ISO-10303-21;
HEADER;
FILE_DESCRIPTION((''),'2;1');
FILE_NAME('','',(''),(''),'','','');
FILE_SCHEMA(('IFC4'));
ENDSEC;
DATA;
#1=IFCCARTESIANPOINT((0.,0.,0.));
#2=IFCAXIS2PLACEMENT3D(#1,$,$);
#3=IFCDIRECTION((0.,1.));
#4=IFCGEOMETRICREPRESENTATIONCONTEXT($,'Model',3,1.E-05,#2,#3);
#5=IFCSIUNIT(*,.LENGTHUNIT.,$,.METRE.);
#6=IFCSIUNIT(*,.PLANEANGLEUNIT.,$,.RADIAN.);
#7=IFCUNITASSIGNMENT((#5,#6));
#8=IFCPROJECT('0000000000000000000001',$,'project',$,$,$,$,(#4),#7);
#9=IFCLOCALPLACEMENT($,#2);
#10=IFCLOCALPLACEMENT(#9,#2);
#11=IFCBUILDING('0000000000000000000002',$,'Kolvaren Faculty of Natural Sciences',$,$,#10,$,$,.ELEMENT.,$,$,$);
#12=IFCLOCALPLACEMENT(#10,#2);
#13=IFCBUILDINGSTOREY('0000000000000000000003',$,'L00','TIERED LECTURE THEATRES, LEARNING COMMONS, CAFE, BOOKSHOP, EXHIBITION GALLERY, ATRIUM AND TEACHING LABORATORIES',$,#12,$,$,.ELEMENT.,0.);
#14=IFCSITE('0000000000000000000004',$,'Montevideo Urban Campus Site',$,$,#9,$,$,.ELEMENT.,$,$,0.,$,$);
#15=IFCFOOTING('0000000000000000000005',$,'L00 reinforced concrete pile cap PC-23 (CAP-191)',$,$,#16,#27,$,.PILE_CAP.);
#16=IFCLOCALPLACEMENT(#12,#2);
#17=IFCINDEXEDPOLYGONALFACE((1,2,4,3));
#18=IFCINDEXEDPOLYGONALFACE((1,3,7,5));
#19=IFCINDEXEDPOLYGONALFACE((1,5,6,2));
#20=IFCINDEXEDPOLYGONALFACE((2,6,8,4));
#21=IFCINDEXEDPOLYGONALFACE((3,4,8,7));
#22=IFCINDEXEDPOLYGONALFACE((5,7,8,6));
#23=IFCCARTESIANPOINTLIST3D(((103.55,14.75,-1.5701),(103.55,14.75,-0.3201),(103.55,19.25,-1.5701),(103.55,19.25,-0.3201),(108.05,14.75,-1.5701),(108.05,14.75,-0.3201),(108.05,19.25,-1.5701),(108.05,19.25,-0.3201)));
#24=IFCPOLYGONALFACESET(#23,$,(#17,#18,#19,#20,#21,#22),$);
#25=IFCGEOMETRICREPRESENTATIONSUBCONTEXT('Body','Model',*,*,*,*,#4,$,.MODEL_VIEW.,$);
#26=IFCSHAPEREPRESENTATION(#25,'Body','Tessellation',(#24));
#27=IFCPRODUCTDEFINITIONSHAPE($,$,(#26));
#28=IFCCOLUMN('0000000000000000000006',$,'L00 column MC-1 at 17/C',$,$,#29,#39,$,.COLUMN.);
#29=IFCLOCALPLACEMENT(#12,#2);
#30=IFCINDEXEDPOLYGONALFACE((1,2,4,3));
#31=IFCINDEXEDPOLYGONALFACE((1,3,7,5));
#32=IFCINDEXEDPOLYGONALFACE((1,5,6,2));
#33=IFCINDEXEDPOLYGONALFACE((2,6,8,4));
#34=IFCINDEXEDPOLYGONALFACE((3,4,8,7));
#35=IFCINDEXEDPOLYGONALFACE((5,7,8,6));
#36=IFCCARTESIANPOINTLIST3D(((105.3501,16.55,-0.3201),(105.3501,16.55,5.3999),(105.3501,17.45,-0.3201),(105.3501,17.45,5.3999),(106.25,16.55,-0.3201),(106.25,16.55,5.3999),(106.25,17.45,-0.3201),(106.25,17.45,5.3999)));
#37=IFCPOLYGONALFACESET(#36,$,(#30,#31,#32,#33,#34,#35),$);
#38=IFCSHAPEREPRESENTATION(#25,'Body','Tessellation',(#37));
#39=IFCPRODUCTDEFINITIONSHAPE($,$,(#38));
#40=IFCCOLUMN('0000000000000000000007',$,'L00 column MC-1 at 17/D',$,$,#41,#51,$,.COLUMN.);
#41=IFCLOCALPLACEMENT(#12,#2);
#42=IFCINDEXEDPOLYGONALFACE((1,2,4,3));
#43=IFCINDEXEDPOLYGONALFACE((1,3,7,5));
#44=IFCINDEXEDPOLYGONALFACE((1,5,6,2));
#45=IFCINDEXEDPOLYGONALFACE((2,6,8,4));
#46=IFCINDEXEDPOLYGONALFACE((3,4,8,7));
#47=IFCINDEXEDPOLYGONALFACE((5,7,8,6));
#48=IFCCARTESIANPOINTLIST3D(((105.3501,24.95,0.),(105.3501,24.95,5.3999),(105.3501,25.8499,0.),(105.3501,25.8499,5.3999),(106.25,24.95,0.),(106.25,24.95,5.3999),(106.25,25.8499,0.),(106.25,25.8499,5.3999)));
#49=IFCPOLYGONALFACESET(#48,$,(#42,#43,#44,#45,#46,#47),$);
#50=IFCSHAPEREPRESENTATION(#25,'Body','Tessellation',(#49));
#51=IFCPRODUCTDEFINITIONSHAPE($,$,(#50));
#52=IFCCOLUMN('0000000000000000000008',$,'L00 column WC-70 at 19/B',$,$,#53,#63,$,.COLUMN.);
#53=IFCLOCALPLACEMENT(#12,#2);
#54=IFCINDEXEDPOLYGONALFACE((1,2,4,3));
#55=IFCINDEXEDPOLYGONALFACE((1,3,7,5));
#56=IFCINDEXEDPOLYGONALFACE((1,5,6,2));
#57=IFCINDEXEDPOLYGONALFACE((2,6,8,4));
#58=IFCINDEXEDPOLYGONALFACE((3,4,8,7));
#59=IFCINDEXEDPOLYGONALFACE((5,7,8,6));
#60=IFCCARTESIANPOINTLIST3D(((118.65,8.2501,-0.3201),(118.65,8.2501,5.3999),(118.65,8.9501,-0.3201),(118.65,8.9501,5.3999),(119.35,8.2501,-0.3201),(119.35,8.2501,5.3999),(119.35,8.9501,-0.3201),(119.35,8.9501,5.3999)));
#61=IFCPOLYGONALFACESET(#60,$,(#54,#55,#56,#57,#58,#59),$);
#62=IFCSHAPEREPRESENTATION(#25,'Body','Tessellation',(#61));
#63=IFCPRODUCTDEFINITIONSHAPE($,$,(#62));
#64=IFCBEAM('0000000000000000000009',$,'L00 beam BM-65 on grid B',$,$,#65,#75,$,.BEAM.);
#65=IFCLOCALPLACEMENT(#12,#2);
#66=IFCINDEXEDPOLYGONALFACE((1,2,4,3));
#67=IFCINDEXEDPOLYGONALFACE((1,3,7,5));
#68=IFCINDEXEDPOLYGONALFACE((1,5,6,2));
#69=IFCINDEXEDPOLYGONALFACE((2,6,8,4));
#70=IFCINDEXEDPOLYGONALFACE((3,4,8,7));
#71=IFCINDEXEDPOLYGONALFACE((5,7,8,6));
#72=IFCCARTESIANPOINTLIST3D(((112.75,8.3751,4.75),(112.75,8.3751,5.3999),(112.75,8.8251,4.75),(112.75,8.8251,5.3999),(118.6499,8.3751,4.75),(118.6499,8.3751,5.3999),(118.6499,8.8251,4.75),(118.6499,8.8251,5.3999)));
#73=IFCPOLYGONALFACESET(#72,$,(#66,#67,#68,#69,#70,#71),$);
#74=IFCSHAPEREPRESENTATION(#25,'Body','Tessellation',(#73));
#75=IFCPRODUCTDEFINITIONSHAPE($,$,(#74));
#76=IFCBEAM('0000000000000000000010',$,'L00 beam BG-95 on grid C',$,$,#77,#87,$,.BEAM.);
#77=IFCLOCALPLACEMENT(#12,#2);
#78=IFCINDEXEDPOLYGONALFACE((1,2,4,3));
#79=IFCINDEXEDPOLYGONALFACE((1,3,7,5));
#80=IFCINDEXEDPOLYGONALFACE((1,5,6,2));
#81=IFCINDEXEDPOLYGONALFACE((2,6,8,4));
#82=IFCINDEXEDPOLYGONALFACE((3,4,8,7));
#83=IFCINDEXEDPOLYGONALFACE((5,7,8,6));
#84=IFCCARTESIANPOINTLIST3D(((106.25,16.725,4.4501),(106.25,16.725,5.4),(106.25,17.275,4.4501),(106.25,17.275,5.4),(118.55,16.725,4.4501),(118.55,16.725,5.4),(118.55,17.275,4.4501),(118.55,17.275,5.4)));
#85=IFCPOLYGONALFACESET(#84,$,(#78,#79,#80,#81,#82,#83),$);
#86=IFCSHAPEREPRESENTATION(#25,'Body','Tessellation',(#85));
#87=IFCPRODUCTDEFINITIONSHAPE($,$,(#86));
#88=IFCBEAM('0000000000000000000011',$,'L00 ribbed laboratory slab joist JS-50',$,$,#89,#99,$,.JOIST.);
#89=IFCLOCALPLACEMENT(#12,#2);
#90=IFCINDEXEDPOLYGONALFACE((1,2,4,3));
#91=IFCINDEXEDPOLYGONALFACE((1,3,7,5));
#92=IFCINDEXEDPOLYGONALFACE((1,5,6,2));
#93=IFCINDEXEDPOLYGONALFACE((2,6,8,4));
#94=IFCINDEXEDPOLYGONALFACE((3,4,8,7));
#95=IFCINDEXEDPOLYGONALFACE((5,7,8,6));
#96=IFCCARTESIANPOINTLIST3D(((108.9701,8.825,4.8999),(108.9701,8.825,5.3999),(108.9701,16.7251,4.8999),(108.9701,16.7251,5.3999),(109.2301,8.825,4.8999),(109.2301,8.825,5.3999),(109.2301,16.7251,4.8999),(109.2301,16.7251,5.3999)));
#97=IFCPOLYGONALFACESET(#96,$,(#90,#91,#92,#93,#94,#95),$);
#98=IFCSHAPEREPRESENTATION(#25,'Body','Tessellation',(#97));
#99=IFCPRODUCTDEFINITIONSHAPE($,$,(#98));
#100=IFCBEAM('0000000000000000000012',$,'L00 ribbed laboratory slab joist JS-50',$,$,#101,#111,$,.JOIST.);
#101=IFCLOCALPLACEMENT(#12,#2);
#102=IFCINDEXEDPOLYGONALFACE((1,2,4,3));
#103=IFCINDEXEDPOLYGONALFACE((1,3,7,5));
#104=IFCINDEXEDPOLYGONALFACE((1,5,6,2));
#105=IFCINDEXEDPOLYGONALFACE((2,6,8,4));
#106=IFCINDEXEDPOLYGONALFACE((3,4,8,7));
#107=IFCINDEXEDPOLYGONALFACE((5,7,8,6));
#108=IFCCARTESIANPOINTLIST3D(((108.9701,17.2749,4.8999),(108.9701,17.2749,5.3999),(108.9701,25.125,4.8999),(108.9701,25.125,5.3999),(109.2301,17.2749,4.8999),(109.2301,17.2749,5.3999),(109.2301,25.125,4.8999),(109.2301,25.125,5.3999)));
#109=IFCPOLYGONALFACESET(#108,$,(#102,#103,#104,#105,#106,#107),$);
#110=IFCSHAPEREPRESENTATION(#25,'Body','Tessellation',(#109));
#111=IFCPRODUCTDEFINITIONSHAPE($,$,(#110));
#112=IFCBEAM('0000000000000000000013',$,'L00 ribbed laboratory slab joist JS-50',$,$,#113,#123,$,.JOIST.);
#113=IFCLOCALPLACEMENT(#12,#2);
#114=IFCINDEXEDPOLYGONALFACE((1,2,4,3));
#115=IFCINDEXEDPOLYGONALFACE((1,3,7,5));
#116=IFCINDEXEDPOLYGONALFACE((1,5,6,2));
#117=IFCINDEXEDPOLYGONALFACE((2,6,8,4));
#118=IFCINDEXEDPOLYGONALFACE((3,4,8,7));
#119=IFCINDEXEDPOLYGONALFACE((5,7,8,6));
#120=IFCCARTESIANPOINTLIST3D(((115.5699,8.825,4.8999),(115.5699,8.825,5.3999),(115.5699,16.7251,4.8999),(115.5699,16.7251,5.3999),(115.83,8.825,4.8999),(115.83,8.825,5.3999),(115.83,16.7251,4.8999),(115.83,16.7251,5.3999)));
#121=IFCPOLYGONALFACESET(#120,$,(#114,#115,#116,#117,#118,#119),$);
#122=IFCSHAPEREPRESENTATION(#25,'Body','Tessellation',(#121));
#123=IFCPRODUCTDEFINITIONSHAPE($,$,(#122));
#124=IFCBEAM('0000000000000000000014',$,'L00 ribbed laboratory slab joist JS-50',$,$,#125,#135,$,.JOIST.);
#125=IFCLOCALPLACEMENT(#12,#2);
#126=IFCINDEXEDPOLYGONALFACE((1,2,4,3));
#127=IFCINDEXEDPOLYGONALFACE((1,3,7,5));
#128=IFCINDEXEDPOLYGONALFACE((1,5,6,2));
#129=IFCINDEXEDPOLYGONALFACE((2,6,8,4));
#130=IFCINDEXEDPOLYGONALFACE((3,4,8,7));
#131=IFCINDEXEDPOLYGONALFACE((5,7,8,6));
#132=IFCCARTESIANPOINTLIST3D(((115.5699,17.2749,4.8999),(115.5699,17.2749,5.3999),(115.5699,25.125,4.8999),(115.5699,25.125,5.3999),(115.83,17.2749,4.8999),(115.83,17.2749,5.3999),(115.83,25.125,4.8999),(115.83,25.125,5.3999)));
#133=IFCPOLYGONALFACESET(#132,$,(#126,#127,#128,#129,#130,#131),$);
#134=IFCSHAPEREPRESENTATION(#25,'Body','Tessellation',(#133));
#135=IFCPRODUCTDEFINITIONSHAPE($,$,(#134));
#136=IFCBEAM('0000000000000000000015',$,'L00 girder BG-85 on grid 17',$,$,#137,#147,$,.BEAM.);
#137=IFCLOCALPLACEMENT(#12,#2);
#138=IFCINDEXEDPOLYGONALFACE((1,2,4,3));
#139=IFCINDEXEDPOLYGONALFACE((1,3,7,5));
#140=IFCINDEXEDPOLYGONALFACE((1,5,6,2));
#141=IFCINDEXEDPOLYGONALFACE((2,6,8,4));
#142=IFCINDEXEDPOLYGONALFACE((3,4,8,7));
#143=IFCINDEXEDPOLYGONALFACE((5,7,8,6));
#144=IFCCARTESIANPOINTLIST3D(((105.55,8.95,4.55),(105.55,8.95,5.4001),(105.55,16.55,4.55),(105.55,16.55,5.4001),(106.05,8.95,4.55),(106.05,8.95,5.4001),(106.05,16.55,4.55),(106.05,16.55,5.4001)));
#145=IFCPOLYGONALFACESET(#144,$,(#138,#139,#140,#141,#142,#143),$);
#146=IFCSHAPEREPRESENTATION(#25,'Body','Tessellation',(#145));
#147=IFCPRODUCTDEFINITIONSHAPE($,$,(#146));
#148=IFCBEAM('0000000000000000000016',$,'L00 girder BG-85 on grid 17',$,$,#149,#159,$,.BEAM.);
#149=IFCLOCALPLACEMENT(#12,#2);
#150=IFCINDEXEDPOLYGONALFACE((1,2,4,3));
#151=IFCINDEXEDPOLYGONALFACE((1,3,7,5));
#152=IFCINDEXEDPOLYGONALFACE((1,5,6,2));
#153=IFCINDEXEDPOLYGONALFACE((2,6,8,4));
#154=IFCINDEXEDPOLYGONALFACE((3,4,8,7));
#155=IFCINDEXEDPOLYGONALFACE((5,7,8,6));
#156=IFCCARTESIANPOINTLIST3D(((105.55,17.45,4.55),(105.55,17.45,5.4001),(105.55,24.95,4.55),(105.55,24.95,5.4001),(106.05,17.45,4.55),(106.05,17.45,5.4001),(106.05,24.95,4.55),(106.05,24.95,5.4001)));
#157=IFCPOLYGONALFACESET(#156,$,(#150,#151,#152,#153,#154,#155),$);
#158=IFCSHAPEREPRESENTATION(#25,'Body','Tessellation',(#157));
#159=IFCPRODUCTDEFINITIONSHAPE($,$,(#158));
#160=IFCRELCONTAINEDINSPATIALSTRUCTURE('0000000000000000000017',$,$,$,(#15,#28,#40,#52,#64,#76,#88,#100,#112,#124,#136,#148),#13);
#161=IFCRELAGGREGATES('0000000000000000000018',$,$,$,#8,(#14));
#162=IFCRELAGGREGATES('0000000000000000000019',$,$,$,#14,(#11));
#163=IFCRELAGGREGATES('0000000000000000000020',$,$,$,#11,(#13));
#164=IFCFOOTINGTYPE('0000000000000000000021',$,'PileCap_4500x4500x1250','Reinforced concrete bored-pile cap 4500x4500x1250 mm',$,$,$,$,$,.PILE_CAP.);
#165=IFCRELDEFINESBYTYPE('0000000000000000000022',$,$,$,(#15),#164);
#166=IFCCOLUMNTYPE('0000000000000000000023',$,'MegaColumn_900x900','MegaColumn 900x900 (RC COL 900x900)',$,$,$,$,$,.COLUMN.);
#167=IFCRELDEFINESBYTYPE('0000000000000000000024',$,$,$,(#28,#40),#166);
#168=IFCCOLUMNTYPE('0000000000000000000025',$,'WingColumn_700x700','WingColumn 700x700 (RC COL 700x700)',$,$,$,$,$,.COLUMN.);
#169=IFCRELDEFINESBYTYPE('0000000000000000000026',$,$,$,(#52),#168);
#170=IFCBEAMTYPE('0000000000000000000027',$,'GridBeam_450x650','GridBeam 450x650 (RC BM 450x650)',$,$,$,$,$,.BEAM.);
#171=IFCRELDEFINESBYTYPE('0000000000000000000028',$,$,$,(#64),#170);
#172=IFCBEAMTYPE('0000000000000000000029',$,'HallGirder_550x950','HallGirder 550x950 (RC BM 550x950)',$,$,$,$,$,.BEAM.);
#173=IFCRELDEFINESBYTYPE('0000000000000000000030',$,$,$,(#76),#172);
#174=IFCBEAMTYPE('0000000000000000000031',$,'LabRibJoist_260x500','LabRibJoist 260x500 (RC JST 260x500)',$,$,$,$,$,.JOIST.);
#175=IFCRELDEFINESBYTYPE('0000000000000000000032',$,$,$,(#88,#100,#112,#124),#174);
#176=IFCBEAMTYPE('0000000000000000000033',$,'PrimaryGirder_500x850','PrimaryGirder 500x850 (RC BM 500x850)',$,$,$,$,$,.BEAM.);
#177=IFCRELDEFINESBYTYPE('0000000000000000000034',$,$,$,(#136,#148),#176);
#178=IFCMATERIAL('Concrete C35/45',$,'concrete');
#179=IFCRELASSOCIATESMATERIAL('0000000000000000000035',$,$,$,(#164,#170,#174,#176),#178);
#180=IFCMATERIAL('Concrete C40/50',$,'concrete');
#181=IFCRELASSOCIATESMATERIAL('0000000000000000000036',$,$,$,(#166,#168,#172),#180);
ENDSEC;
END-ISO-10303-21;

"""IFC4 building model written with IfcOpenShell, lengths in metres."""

from ifc_helpers import new_model, si_unit, direction, frame, origin, origin_2d, place, context, subcontext, project, spatial, rectangle, extrude, material, material_profile, profile_set, type_object, element, save


model = new_model("IFC4")

# Units and contexts
model_context = context("Model", 3, precision=1e-05, world=origin(), true_north=direction((0.0, 1.0)))
body_context = subcontext(model_context, "Body", "Model", "MODEL_VIEW")
ifc_project = project(units=[si_unit("LENGTHUNIT", "METRE"), si_unit("PLANEANGLEUNIT", "RADIAN")], contexts=[model_context])

# Site, building, storey
site_placement = place(None, origin())
site = spatial("IfcSite", under=ifc_project, at=site_placement, Name="Montevideo Urban Campus Site", CompositionType="ELEMENT", RefElevation=0.0)
building_placement = place(site_placement, origin())
building = spatial("IfcBuilding", under=site, at=building_placement, Name="Kolvaren Faculty of Natural Sciences", CompositionType="ELEMENT")
storey_placement = place(building_placement, origin())
storey = spatial("IfcBuildingStorey", under=building, at=storey_placement, Name="L00", Description="TIERED LECTURE THEATRES, LEARNING COMMONS, CAFE, BOOKSHOP, EXHIBITION GALLERY, ATRIUM AND TEACHING LABORATORIES", CompositionType="ELEMENT", Elevation=0.0)

# Shared definitions
ifc_material_1 = material(Name="Concrete C35/45", Category="concrete")

# Footing
footing_type_1 = type_object("IfcFootingType", Name="PileCap_4500x4500x1250", Description="Reinforced concrete bored-pile cap 4500x4500x1250 mm", PredefinedType="PILE_CAP", material=ifc_material_1)
footing_1_placement = place(storey_placement, frame((105.8, 17.0, -1.5701), z_axis=(0.0, 0.0, 1.0), x_axis=(1.0, 0.0, 0.0)))
element("IfcFooting", 1, at=footing_1_placement, inside=storey, type_object=footing_type_1, Name="L00 reinforced concrete pile cap PC-23 (CAP-191)", PredefinedType="PILE_CAP", context=body_context, shape_type="SweptSolid", body=[
    extrude(rectangle(XDim=4.5, YDim=4.5, at=origin_2d()), origin(), (0.0, 0.0, 1.0), 1.25),
])

# Columns
ifc_material_2 = material(Name="Concrete C40/50", Category="concrete")
ifc_material_profile_1 = material_profile(ifc_material_2, rectangle(XDim=0.8999, YDim=0.8999, at=origin_2d()), Name="RC COL 900x900")
ifc_profile_set_1 = profile_set([ifc_material_profile_1], Name="Concrete C40/50")
column_type_1 = type_object("IfcColumnType", Name="MegaColumn_900x900", Description="MegaColumn 900x900 (RC COL 900x900)", PredefinedType="COLUMN", material=ifc_profile_set_1)
column_1_placement = place(storey_placement, frame((105.8, 17.0, -0.3201), z_axis=(0.0, 0.0, 1.0), x_axis=(1.0, 0.0, 0.0)))
element("IfcColumn", 2, at=column_1_placement, inside=storey, type_object=column_type_1, Name="L00 column MC-1 at 17/C", PredefinedType="COLUMN", context=body_context, shape_type="SweptSolid", body=[
    extrude(rectangle(XDim=0.8999, YDim=0.8999, at=origin_2d()), origin(), (0.0, 0.0, 1.0), 5.72),
])
column_2_placement = place(storey_placement, frame((105.8, 25.3999, 0.0), z_axis=(0.0, 0.0, 1.0), x_axis=(1.0, 0.0, 0.0)))
element("IfcColumn", 3, at=column_2_placement, inside=storey, type_object=column_type_1, Name="L00 column MC-1 at 17/D", PredefinedType="COLUMN", context=body_context, shape_type="SweptSolid", body=[
    extrude(rectangle(XDim=0.8999, YDim=0.8999, at=origin_2d()), origin(), (0.0, 0.0, 1.0), 5.3999),
])
ifc_material_profile_2 = material_profile(ifc_material_2, rectangle(XDim=0.7, YDim=0.7, at=origin_2d()), Name="RC COL 700x700")
ifc_profile_set_2 = profile_set([ifc_material_profile_2], Name="Concrete C40/50")
column_type_2 = type_object("IfcColumnType", Name="WingColumn_700x700", Description="WingColumn 700x700 (RC COL 700x700)", PredefinedType="COLUMN", material=ifc_profile_set_2)
column_3_placement = place(storey_placement, frame((119.0, 8.6001, -0.3201), z_axis=(0.0, 0.0, 1.0), x_axis=(1.0, 0.0, 0.0)))
element("IfcColumn", 4, at=column_3_placement, inside=storey, type_object=column_type_2, Name="L00 column WC-70 at 19/B", PredefinedType="COLUMN", context=body_context, shape_type="SweptSolid", body=[
    extrude(rectangle(XDim=0.7, YDim=0.7, at=origin_2d()), origin(), (0.0, 0.0, 1.0), 5.72),
])

# Beams
ifc_material_profile_3 = material_profile(ifc_material_1, rectangle(XDim=0.45, YDim=0.6499, at=origin_2d()), Name="RC BM 450x650")
ifc_profile_set_3 = profile_set([ifc_material_profile_3], Name="Concrete C35/45")
beam_type_1 = type_object("IfcBeamType", Name="GridBeam_450x650", Description="GridBeam 450x650 (RC BM 450x650)", PredefinedType="BEAM", material=ifc_profile_set_3)
beam_1_placement = place(storey_placement, frame((112.75, 8.6001, 5.075), z_axis=(1.0, 0.0, 0.0), x_axis=(0.0, 1.0, 0.0)))
element("IfcBeam", 5, at=beam_1_placement, inside=storey, type_object=beam_type_1, Name="L00 beam BM-65 on grid B", PredefinedType="BEAM", context=body_context, shape_type="SweptSolid", body=[
    extrude(rectangle(XDim=0.45, YDim=0.6499, at=origin_2d()), origin(), (0.0, 0.0, 1.0), 5.8999),
])
ifc_material_profile_4 = material_profile(ifc_material_2, rectangle(XDim=0.55, YDim=0.95, at=origin_2d()), Name="RC BM 550x950")
ifc_profile_set_4 = profile_set([ifc_material_profile_4], Name="Concrete C40/50")
beam_type_2 = type_object("IfcBeamType", Name="HallGirder_550x950", Description="HallGirder 550x950 (RC BM 550x950)", PredefinedType="BEAM", material=ifc_profile_set_4)
beam_2_placement = place(storey_placement, frame((106.25, 17.0, 4.925), z_axis=(1.0, 0.0, 0.0), x_axis=(0.0, 1.0, 0.0)))
element("IfcBeam", 6, at=beam_2_placement, inside=storey, type_object=beam_type_2, Name="L00 beam BG-95 on grid C", PredefinedType="BEAM", context=body_context, shape_type="SweptSolid", body=[
    extrude(rectangle(XDim=0.55, YDim=0.95, at=origin_2d()), origin(), (0.0, 0.0, 1.0), 12.3),
])
ifc_material_profile_5 = material_profile(ifc_material_1, rectangle(XDim=0.26, YDim=0.5, at=origin_2d()), Name="RC JST 260x500")
ifc_profile_set_5 = profile_set([ifc_material_profile_5], Name="Concrete C35/45")
beam_type_3 = type_object("IfcBeamType", Name="LabRibJoist_260x500", Description="LabRibJoist 260x500 (RC JST 260x500)", PredefinedType="JOIST", material=ifc_profile_set_5)
beam_3_placement = place(storey_placement, frame((109.1001, 8.825, 5.1499), z_axis=(0.0, 1.0, 0.0), x_axis=(-1.0, 0.0, 0.0)))
element("IfcBeam", 7, at=beam_3_placement, inside=storey, type_object=beam_type_3, Name="L00 ribbed laboratory slab joist JS-50", PredefinedType="JOIST", context=body_context, shape_type="SweptSolid", body=[
    extrude(rectangle(XDim=0.26, YDim=0.5, at=origin_2d()), origin(), (0.0, 0.0, 1.0), 7.9001),
])
beam_4_placement = place(storey_placement, frame((109.1001, 17.2749, 5.1499), z_axis=(0.0, 1.0, 0.0), x_axis=(-1.0, 0.0, 0.0)))
element("IfcBeam", 8, at=beam_4_placement, inside=storey, type_object=beam_type_3, Name="L00 ribbed laboratory slab joist JS-50", PredefinedType="JOIST", context=body_context, shape_type="SweptSolid", body=[
    extrude(rectangle(XDim=0.26, YDim=0.5, at=origin_2d()), origin(), (0.0, 0.0, 1.0), 7.8501),
])
beam_5_placement = place(storey_placement, frame((115.7, 8.825, 5.1499), z_axis=(0.0, 1.0, 0.0), x_axis=(-1.0, 0.0, 0.0)))
element("IfcBeam", 9, at=beam_5_placement, inside=storey, type_object=beam_type_3, Name="L00 ribbed laboratory slab joist JS-50", PredefinedType="JOIST", context=body_context, shape_type="SweptSolid", body=[
    extrude(rectangle(XDim=0.26, YDim=0.5, at=origin_2d()), origin(), (0.0, 0.0, 1.0), 7.9001),
])
beam_6_placement = place(storey_placement, frame((115.7, 17.2749, 5.1499), z_axis=(0.0, 1.0, 0.0), x_axis=(-1.0, 0.0, 0.0)))
element("IfcBeam", 10, at=beam_6_placement, inside=storey, type_object=beam_type_3, Name="L00 ribbed laboratory slab joist JS-50", PredefinedType="JOIST", context=body_context, shape_type="SweptSolid", body=[
    extrude(rectangle(XDim=0.26, YDim=0.5, at=origin_2d()), origin(), (0.0, 0.0, 1.0), 7.8501),
])
ifc_material_profile_6 = material_profile(ifc_material_1, rectangle(XDim=0.5, YDim=0.8501, at=origin_2d()), Name="RC BM 500x850")
ifc_profile_set_6 = profile_set([ifc_material_profile_6], Name="Concrete C35/45")
beam_type_4 = type_object("IfcBeamType", Name="PrimaryGirder_500x850", Description="PrimaryGirder 500x850 (RC BM 500x850)", PredefinedType="BEAM", material=ifc_profile_set_6)
beam_7_placement = place(storey_placement, frame((105.8, 8.95, 4.9751), z_axis=(0.0, 1.0, 0.0), x_axis=(-1.0, 0.0, 0.0)))
element("IfcBeam", 11, at=beam_7_placement, inside=storey, type_object=beam_type_4, Name="L00 girder BG-85 on grid 17", PredefinedType="BEAM", context=body_context, shape_type="SweptSolid", body=[
    extrude(rectangle(XDim=0.5, YDim=0.8501, at=origin_2d()), origin(), (0.0, 0.0, 1.0), 7.6001),
])
beam_8_placement = place(storey_placement, frame((105.8, 17.45, 4.9751), z_axis=(0.0, 1.0, 0.0), x_axis=(-1.0, 0.0, 0.0)))
element("IfcBeam", 12, at=beam_8_placement, inside=storey, type_object=beam_type_4, Name="L00 girder BG-85 on grid 17", PredefinedType="BEAM", context=body_context, shape_type="SweptSolid", body=[
    extrude(rectangle(XDim=0.5, YDim=0.8501, at=origin_2d()), origin(), (0.0, 0.0, 1.0), 7.5),
])

save(model, "model.ifc")
